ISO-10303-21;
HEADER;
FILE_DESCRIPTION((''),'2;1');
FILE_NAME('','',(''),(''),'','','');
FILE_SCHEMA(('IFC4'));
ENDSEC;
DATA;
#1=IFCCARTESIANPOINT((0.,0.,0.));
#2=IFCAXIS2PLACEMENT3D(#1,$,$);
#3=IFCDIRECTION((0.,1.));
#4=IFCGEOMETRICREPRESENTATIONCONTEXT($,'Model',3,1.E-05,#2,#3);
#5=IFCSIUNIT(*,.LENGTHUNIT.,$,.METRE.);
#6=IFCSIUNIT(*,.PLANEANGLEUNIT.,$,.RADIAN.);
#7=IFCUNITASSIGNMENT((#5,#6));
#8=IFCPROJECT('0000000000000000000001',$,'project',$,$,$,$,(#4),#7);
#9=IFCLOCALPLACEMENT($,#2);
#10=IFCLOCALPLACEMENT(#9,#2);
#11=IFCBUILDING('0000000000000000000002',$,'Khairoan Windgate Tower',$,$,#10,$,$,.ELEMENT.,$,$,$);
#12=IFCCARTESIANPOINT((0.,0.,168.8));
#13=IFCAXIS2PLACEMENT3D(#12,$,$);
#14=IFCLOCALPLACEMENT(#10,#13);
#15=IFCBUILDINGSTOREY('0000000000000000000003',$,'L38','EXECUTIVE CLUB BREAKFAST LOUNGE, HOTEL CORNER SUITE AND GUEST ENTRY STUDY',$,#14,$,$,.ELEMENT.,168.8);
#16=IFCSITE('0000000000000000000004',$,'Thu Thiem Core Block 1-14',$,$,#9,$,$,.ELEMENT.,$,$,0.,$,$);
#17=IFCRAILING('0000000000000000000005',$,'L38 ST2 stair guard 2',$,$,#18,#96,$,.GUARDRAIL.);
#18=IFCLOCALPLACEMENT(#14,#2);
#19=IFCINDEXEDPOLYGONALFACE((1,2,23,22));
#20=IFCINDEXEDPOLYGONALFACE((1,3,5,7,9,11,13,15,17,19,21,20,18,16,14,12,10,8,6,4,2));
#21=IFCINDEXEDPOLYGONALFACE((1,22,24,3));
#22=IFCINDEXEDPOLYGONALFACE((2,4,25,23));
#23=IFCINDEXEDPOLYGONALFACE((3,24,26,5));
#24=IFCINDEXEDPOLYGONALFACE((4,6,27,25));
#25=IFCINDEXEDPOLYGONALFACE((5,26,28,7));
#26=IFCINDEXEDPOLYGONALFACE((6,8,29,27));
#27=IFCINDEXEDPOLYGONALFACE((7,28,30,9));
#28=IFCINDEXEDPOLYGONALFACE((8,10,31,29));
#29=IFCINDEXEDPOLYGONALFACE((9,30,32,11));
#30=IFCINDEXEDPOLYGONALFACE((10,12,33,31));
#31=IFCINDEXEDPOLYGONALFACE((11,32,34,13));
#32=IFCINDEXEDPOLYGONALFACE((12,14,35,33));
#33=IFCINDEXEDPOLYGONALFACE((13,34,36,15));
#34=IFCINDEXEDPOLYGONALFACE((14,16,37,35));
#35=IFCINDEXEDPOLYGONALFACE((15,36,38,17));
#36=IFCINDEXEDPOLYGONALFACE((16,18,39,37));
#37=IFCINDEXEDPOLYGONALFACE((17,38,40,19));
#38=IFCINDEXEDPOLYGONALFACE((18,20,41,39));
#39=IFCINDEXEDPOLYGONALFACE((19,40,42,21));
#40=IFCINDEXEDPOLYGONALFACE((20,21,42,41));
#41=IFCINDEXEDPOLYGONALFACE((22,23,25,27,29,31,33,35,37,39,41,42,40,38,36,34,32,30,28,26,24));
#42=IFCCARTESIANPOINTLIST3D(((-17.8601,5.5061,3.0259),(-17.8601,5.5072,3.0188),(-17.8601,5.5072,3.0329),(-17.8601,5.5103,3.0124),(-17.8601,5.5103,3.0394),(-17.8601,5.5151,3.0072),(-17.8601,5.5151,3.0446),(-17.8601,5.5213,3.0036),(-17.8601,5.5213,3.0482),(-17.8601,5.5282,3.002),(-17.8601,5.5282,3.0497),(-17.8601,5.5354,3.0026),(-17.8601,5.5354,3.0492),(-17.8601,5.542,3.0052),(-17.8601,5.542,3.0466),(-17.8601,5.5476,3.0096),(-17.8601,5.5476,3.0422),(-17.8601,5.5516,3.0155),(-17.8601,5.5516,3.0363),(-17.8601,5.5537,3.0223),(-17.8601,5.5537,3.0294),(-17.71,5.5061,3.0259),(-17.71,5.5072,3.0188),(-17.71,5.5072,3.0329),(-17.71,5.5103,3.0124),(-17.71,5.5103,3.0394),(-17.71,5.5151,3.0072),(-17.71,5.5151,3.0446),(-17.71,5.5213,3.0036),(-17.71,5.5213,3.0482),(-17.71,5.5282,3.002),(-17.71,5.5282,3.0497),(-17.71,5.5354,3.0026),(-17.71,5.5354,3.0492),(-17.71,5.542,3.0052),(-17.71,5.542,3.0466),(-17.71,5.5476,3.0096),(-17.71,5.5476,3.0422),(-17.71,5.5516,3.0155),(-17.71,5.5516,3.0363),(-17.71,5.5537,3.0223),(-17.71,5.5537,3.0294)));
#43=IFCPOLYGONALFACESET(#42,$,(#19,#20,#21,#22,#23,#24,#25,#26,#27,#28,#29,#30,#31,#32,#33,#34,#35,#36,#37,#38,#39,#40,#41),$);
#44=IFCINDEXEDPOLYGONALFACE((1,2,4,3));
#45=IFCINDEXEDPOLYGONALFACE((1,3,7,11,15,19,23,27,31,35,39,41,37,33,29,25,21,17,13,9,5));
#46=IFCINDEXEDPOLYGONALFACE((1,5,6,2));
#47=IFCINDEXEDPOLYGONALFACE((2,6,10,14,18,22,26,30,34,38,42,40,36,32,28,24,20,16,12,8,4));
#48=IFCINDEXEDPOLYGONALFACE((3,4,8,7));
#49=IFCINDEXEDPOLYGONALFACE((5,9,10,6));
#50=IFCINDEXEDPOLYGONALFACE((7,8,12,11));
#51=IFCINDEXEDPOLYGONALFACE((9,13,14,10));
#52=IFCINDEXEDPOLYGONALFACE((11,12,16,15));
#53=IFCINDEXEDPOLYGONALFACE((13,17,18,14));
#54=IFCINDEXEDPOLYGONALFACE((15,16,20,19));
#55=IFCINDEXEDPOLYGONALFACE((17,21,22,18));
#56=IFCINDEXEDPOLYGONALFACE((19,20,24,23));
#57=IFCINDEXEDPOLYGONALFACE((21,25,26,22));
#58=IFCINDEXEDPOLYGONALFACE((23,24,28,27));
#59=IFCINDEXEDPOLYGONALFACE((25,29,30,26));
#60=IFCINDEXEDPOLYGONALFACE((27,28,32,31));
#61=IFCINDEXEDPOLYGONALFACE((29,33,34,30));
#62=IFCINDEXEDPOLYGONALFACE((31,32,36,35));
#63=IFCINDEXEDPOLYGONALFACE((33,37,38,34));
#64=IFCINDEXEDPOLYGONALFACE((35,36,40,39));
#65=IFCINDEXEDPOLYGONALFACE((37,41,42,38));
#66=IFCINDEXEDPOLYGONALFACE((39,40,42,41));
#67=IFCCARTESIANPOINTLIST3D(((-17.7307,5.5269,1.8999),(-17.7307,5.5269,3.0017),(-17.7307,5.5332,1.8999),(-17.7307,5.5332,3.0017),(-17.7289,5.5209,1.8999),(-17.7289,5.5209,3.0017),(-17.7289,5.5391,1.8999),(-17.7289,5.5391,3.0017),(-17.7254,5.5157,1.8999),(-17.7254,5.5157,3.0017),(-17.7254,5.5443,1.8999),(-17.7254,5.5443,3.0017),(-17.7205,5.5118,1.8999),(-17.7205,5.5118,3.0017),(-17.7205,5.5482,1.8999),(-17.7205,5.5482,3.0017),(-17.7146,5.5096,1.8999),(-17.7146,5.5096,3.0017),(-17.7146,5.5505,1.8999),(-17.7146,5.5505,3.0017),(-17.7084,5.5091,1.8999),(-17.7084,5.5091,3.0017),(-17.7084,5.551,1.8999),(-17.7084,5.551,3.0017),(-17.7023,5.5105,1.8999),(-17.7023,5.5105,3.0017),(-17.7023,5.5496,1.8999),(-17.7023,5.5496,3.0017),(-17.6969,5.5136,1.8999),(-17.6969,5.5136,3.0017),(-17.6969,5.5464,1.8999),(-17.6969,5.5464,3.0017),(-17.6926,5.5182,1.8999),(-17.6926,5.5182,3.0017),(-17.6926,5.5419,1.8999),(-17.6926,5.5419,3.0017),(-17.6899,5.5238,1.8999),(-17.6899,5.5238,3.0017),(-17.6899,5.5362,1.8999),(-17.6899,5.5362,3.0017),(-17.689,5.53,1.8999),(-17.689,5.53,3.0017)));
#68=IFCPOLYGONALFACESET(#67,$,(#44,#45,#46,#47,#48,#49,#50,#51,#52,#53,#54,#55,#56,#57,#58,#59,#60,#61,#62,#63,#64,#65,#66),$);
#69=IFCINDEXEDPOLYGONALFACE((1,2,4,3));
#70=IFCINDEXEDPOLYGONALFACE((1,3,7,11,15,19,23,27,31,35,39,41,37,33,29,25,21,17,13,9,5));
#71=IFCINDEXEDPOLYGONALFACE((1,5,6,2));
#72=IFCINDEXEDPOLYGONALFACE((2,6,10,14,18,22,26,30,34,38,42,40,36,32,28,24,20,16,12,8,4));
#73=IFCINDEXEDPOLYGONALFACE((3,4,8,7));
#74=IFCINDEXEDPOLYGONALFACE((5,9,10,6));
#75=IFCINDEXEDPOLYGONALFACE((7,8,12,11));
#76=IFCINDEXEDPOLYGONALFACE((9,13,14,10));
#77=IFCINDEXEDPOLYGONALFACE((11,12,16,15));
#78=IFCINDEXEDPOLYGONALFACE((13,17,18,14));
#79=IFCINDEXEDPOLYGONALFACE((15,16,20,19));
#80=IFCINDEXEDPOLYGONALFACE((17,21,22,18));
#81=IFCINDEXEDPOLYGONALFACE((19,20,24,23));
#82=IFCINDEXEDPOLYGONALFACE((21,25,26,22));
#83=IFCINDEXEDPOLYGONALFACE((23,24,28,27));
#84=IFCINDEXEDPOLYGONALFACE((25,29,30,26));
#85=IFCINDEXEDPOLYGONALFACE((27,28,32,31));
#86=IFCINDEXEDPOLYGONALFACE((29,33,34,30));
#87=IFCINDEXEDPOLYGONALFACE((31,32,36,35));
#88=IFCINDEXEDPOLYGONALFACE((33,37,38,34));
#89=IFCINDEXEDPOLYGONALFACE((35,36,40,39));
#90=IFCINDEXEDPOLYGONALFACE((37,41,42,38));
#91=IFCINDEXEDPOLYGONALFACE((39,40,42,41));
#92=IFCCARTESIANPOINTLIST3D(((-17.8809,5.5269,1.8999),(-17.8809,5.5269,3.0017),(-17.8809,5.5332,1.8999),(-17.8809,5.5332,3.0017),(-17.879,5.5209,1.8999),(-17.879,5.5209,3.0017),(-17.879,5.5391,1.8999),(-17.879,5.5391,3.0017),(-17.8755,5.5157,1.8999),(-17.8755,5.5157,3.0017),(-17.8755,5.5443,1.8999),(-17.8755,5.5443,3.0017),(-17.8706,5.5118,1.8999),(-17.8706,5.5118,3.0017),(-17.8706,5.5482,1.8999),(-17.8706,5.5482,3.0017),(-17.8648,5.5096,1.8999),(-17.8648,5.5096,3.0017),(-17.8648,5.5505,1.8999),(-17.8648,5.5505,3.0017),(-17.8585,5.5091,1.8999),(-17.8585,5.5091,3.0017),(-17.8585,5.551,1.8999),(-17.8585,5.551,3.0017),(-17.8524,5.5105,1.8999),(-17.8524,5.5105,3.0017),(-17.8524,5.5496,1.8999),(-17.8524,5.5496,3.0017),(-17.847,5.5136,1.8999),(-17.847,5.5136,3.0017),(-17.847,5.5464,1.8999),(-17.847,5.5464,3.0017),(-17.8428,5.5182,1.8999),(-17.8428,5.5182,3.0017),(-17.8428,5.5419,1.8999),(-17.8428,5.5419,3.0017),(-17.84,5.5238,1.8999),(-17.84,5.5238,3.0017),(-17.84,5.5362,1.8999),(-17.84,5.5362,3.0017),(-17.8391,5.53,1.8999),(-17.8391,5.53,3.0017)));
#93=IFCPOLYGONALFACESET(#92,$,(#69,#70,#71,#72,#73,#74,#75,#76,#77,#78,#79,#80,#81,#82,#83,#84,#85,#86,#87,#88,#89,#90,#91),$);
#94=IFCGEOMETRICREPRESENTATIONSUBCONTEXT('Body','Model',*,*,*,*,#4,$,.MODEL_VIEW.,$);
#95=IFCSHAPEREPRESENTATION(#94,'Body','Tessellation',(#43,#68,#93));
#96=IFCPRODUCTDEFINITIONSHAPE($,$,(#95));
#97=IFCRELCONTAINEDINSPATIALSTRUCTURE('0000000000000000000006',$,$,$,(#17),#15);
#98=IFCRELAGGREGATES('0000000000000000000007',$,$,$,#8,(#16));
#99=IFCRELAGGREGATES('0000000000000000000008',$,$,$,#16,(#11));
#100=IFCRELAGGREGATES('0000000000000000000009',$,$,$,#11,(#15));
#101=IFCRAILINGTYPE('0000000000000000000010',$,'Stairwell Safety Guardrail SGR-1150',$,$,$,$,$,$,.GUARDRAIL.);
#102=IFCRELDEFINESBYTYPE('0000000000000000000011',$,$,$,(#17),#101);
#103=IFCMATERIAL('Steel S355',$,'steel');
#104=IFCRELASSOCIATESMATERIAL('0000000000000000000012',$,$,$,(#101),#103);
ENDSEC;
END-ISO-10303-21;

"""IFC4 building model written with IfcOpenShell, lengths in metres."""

from ifc_helpers import new_model, si_unit, direction, frame, origin, origin_2d, place, context, subcontext, project, spatial, circle, extrude, material, type_object, element, save


model = new_model("IFC4")

# Units and contexts
model_context = context("Model", 3, precision=1e-05, world=origin(), true_north=direction((0.0, 1.0)))
body_context = subcontext(model_context, "Body", "Model", "MODEL_VIEW")
ifc_project = project(units=[si_unit("LENGTHUNIT", "METRE"), si_unit("PLANEANGLEUNIT", "RADIAN")], contexts=[model_context])

# Site, building, storey
site_placement = place(None, origin())
site = spatial("IfcSite", under=ifc_project, at=site_placement, Name="Thu Thiem Core Block 1-14", CompositionType="ELEMENT", RefElevation=0.0)
building_placement = place(site_placement, origin())
building = spatial("IfcBuilding", under=site, at=building_placement, Name="Khairoan Windgate Tower", CompositionType="ELEMENT")
storey_placement = place(building_placement, frame((0.0, 0.0, 168.8)))
storey = spatial("IfcBuildingStorey", under=building, at=storey_placement, Name="L38", Description="EXECUTIVE CLUB BREAKFAST LOUNGE, HOTEL CORNER SUITE AND GUEST ENTRY STUDY", CompositionType="ELEMENT", Elevation=168.8)

# Railing
ifc_material_1 = material(Name="Steel S355", Category="steel")
railing_type_1 = type_object("IfcRailingType", Name="Stairwell Safety Guardrail SGR-1150", PredefinedType="GUARDRAIL", material=ifc_material_1)
railing_1_placement = place(storey_placement, frame((-17.71, 5.53, 1.8999)))
element("IfcRailing", 1, at=railing_1_placement, inside=storey, type_object=railing_type_1, Name="L38 ST2 stair guard 2", PredefinedType="GUARDRAIL", context=body_context, shape_type="SweptSolid", body=[
    extrude(circle(Radius=0.0239, at=origin_2d()), frame((0.0, 0.0, 1.126), z_axis=(-1.0, 0.0, 0.0), x_axis=(0.0, -1.0, 0.0)), (0.0, 0.0, 1.0), 0.1501),
    extrude(circle(Radius=0.021, at=origin_2d()), origin(), (0.0, 0.0, 1.0), 1.1018),
    extrude(circle(Radius=0.021, at=origin_2d()), frame((-0.1501, 0.0, 0.0)), (0.0, 0.0, 1.0), 1.1018),
])

save(model, "model.ifc")
